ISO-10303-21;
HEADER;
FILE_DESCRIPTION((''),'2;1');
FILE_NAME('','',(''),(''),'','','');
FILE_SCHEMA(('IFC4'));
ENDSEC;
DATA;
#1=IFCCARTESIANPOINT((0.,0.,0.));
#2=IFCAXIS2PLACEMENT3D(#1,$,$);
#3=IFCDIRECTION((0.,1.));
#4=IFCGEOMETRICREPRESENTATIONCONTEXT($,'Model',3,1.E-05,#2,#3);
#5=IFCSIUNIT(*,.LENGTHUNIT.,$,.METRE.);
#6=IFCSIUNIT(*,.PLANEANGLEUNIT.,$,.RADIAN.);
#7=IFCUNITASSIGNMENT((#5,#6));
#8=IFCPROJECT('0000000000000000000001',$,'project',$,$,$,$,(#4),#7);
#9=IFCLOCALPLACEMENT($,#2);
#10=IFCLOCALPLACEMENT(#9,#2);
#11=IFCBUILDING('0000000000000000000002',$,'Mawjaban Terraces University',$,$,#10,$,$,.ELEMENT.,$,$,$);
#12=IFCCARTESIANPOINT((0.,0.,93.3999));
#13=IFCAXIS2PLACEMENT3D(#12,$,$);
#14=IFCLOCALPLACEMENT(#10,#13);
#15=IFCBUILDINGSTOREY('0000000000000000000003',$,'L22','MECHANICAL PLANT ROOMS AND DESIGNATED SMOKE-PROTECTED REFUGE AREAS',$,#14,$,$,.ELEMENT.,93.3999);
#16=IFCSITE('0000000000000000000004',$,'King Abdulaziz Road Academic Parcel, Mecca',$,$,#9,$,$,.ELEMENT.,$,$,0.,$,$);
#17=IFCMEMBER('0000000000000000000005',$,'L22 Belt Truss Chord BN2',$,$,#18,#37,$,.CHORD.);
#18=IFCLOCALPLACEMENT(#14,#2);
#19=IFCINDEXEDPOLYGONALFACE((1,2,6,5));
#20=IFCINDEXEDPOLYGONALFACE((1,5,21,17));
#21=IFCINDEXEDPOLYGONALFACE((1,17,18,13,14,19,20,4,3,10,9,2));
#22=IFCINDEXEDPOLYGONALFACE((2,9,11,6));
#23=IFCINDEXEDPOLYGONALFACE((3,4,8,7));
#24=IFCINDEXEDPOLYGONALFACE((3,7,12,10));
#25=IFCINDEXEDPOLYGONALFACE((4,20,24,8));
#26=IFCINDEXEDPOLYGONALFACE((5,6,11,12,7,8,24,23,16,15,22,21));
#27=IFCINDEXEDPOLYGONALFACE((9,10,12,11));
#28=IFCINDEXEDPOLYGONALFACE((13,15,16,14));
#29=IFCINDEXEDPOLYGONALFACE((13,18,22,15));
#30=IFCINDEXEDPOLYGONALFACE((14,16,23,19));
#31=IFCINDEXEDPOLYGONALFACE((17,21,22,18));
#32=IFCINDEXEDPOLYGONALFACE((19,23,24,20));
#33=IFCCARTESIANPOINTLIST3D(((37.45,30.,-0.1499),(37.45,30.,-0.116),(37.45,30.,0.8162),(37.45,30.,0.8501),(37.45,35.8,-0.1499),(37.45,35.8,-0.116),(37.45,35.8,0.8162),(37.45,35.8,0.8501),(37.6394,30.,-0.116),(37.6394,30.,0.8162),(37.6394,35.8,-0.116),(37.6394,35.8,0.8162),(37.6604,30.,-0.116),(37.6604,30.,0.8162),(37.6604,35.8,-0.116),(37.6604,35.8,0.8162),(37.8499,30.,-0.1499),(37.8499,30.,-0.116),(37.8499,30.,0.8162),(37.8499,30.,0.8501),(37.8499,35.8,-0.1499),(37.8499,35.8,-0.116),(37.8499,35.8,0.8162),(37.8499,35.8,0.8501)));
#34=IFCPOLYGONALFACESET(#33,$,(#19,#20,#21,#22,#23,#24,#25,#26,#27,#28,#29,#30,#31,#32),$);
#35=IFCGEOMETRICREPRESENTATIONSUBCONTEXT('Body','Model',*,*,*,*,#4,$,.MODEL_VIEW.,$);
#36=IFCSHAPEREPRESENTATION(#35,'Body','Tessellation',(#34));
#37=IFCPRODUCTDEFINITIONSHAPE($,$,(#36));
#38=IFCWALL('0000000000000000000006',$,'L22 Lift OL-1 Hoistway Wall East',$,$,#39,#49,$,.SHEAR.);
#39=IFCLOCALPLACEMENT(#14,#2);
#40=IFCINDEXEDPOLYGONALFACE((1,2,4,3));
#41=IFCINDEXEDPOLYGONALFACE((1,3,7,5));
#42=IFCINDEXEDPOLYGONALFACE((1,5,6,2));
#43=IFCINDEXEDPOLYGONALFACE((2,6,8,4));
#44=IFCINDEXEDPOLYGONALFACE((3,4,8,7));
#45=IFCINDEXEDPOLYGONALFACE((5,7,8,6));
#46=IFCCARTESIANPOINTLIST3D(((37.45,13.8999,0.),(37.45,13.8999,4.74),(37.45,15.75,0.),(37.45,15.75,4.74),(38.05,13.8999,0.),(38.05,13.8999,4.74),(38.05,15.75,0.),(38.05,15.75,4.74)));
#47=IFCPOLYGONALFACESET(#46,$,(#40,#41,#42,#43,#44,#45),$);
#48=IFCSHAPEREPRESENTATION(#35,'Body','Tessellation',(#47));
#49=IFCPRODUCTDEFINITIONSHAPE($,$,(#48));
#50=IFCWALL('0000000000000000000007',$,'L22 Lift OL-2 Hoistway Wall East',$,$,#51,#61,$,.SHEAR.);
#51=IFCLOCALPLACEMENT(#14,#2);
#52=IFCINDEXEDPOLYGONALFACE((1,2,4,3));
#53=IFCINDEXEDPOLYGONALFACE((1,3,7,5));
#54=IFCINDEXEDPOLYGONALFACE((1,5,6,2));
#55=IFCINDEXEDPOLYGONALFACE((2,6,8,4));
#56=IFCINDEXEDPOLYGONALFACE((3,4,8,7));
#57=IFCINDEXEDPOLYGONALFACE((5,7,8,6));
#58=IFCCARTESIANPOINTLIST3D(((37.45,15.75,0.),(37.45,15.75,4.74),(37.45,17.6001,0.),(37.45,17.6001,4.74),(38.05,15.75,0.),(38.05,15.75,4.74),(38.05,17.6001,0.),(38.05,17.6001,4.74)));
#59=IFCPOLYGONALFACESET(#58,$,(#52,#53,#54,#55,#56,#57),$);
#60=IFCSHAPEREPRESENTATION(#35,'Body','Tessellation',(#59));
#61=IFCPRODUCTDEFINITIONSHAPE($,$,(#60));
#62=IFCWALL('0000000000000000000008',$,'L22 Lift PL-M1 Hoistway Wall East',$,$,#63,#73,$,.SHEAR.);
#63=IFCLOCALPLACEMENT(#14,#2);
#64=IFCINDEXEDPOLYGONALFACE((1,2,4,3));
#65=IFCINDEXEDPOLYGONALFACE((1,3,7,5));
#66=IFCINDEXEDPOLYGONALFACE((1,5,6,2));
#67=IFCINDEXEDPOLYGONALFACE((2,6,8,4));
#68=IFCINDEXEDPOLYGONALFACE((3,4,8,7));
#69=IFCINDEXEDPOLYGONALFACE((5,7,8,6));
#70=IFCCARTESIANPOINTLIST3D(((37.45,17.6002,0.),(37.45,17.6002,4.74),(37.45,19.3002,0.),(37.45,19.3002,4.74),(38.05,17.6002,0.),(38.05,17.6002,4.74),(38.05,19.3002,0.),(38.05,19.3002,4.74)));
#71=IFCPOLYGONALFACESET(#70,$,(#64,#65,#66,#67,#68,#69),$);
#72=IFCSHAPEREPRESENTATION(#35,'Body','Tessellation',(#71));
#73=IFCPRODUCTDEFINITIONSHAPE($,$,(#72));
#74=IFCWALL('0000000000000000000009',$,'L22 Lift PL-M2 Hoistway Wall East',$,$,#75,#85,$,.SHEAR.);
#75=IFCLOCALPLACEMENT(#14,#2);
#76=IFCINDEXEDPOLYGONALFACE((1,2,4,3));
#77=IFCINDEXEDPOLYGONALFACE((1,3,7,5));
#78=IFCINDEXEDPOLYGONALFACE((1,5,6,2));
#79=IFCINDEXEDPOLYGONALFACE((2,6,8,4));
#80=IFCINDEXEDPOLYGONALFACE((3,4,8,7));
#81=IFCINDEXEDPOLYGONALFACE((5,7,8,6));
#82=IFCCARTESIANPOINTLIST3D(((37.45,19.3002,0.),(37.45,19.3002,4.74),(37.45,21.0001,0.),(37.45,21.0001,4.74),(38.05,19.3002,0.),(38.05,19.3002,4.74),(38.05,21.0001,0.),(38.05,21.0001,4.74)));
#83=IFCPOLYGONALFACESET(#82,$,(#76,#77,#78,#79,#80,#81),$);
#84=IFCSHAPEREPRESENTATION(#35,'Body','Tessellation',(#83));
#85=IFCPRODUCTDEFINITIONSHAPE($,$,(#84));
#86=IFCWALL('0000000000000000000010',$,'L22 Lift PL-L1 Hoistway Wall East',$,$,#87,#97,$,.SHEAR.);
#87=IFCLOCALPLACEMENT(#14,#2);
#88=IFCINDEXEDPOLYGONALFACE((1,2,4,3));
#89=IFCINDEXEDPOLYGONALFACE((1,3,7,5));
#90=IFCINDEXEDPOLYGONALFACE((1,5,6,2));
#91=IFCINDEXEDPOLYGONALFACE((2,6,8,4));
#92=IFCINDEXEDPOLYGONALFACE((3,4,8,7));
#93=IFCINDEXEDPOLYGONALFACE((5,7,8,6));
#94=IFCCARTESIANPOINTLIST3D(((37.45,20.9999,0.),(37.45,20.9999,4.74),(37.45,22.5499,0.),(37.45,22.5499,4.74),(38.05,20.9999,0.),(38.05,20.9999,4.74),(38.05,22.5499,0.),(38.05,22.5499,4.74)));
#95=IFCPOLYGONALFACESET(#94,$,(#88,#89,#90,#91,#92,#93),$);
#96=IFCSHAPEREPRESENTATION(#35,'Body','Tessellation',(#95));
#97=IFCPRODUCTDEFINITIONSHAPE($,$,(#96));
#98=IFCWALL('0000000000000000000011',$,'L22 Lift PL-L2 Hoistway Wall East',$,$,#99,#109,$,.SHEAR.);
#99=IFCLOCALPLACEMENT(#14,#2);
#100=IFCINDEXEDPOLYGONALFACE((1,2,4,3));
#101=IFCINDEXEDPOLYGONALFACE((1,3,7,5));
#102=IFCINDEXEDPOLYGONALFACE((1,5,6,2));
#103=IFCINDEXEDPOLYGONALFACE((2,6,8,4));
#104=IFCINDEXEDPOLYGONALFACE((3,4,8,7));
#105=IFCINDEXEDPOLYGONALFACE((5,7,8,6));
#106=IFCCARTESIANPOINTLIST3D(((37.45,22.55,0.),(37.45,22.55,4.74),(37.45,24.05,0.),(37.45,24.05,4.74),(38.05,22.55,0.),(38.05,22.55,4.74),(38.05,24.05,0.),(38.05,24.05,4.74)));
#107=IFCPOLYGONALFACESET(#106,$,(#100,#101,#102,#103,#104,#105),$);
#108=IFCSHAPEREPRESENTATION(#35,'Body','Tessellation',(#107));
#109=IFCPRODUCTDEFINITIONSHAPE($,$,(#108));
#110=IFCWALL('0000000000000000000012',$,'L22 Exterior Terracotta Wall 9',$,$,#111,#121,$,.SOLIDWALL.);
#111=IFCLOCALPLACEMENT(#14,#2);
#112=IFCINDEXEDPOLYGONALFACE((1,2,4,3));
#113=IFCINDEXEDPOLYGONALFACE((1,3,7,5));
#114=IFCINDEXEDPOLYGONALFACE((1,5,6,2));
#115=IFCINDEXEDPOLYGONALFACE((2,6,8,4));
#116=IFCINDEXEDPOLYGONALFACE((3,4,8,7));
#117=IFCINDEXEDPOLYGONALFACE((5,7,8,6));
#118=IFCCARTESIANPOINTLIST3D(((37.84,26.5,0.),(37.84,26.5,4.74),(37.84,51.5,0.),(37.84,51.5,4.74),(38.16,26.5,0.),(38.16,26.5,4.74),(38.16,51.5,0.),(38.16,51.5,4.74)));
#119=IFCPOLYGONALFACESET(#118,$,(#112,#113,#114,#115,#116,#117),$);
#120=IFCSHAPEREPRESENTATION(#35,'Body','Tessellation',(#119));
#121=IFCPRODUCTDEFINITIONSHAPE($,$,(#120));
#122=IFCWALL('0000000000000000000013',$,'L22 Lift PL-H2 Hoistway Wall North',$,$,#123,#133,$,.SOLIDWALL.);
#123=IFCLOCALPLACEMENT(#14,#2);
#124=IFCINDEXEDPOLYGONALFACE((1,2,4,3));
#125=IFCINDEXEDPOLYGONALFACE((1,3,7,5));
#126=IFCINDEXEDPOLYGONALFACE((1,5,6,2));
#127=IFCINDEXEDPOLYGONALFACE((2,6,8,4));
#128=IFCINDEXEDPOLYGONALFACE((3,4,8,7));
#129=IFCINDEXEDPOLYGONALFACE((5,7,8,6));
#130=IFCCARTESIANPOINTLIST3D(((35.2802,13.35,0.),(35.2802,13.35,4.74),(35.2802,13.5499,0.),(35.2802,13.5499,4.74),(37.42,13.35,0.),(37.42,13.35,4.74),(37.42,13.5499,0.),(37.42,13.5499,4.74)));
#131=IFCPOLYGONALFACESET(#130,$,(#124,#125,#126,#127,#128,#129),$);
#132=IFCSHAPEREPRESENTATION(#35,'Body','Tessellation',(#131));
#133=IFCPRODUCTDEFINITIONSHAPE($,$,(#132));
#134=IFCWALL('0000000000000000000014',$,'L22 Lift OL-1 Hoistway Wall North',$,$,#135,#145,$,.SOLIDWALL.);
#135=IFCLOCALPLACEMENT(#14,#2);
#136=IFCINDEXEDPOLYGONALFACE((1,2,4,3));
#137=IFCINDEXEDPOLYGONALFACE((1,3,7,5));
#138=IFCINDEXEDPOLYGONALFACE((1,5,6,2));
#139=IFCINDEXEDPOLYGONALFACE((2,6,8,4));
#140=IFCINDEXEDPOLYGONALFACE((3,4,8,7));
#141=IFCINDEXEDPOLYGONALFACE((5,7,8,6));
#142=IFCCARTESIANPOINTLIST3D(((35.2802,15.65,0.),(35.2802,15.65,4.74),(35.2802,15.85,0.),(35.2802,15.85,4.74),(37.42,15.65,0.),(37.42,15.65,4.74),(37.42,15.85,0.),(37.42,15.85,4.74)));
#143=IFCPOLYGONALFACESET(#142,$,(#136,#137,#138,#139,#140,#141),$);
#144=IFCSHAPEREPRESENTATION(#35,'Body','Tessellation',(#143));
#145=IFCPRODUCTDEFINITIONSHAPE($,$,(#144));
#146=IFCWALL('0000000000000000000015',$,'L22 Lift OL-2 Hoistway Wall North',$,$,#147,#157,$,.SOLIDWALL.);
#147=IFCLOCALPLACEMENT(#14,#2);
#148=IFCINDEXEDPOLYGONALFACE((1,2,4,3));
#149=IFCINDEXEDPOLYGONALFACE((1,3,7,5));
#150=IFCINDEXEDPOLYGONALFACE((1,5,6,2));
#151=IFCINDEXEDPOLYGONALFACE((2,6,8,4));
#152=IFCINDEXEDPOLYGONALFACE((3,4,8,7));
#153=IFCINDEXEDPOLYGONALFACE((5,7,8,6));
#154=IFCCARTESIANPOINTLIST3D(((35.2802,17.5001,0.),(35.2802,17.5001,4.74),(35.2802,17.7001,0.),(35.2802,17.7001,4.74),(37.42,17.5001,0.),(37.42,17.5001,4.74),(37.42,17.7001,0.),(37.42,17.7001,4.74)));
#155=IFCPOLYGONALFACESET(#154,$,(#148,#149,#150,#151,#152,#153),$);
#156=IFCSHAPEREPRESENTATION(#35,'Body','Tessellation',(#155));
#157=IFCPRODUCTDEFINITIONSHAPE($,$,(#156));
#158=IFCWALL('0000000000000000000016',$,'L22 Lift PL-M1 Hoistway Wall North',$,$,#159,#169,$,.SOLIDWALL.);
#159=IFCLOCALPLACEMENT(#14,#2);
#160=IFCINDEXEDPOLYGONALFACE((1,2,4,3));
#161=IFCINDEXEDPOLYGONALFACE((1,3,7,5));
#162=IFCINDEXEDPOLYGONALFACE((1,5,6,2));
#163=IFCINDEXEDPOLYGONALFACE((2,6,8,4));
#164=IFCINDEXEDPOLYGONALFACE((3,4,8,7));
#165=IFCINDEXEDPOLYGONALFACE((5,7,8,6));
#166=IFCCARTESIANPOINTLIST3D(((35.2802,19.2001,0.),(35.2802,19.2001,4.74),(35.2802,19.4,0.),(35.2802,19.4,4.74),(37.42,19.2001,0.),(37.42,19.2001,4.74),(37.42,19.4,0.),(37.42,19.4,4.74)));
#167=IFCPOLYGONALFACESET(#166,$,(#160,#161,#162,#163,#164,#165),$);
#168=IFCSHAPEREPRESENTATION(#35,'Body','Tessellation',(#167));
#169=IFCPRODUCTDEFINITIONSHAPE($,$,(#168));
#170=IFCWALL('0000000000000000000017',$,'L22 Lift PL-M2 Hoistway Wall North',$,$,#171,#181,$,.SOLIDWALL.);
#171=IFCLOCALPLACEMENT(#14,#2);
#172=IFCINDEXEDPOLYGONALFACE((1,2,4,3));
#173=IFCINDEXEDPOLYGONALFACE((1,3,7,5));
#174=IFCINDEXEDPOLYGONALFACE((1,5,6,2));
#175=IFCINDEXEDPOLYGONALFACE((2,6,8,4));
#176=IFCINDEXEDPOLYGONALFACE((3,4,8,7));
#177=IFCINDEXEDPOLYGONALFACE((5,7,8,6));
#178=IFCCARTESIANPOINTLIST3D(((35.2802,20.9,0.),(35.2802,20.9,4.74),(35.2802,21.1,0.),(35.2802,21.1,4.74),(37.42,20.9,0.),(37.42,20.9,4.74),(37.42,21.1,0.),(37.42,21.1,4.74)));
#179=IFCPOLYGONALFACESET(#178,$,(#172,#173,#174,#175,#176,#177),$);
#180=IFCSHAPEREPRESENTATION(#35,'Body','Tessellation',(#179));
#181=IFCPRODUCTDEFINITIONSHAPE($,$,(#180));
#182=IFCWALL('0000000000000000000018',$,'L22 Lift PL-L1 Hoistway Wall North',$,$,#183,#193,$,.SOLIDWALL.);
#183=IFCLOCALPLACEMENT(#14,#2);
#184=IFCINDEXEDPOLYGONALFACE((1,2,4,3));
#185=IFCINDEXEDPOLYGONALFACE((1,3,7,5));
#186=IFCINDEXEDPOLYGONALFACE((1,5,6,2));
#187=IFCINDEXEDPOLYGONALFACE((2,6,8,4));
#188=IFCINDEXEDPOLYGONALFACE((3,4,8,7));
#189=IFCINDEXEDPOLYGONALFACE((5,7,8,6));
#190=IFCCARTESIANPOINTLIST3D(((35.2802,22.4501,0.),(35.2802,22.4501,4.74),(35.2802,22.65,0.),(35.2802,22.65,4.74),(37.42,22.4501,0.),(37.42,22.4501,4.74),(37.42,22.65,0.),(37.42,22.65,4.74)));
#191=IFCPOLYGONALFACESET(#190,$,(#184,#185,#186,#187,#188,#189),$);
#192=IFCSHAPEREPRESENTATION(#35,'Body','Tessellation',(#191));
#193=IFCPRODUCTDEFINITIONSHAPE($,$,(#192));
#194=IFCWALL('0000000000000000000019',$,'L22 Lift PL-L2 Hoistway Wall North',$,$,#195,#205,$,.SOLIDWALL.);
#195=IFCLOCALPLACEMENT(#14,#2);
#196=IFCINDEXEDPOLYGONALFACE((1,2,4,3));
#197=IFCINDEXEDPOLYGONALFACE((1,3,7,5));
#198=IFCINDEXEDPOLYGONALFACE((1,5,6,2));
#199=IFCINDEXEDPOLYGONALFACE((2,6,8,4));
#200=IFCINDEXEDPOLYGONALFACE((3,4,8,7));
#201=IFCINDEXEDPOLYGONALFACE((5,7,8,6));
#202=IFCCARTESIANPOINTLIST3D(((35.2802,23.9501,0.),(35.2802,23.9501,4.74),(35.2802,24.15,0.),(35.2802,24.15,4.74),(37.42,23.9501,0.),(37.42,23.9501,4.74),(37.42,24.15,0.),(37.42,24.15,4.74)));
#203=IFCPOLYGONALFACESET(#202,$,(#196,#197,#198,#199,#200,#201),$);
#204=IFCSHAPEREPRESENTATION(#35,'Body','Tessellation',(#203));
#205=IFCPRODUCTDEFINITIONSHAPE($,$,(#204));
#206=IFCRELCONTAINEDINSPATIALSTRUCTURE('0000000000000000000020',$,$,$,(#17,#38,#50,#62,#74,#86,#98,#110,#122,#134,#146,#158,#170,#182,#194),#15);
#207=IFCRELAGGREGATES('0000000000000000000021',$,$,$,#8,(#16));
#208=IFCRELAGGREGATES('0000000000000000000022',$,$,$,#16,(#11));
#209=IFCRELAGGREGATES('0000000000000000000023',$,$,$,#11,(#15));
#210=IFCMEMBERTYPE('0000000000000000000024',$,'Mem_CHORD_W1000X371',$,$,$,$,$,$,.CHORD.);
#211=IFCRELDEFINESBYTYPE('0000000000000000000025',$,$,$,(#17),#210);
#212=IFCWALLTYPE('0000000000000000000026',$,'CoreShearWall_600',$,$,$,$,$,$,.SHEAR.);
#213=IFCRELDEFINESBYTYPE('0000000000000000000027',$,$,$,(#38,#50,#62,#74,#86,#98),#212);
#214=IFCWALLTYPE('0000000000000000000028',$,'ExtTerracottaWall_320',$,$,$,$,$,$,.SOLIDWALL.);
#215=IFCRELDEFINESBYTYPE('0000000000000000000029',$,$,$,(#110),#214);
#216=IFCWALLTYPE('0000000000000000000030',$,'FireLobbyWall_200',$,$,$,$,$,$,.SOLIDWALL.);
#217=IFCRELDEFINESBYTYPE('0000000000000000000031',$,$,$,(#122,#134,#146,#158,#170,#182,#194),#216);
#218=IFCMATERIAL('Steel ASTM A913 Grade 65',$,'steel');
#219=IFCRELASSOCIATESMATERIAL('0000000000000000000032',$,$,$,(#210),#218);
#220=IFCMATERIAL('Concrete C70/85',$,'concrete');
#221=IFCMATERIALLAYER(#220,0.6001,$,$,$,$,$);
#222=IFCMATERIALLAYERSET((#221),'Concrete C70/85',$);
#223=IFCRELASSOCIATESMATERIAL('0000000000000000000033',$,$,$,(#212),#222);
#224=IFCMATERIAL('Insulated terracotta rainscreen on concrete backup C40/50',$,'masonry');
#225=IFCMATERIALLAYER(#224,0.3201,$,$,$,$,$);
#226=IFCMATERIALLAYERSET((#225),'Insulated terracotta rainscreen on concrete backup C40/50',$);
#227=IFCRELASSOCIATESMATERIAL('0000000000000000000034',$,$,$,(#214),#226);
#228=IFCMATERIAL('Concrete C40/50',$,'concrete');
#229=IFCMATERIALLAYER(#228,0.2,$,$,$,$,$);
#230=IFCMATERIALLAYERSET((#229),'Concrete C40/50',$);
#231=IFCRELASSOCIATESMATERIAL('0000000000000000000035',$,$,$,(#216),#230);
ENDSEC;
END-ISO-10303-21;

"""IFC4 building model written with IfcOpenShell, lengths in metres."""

from ifc_helpers import new_model, si_unit, direction, frame, frame_2d, origin, origin_2d, place, context, subcontext, project, spatial, rectangle, i_section, extrude, material, layer, layer_set, material_profile, profile_set, type_object, element, save


model = new_model("IFC4")

# Units and contexts
model_context = context("Model", 3, precision=1e-05, world=origin(), true_north=direction((0.0, 1.0)))
body_context = subcontext(model_context, "Body", "Model", "MODEL_VIEW")
ifc_project = project(units=[si_unit("LENGTHUNIT", "METRE"), si_unit("PLANEANGLEUNIT", "RADIAN")], contexts=[model_context])

# Site, building, storey
site_placement = place(None, origin())
site = spatial("IfcSite", under=ifc_project, at=site_placement, Name="King Abdulaziz Road Academic Parcel, Mecca", CompositionType="ELEMENT", RefElevation=0.0)
building_placement = place(site_placement, origin())
building = spatial("IfcBuilding", under=site, at=building_placement, Name="Mawjaban Terraces University", CompositionType="ELEMENT")
storey_placement = place(building_placement, frame((0.0, 0.0, 93.3999)))
storey = spatial("IfcBuildingStorey", under=building, at=storey_placement, Name="L22", Description="MECHANICAL PLANT ROOMS AND DESIGNATED SMOKE-PROTECTED REFUGE AREAS", CompositionType="ELEMENT", Elevation=93.3999)

# Shared definitions
ifc_material_1 = material(Name="Concrete C70/85", Category="concrete")

# Member
ifc_material_2 = material(Name="Steel ASTM A913 Grade 65", Category="steel")
ifc_material_profile_1 = material_profile(ifc_material_2, i_section(OverallWidth=0.3999, OverallDepth=1.0, WebThickness=0.021, FlangeThickness=0.0339, at=origin_2d()), Name="W1000X371")
ifc_profile_set_1 = profile_set([ifc_material_profile_1], Name="Steel ASTM A913 Grade 65")
member_type_1 = type_object("IfcMemberType", Name="Mem_CHORD_W1000X371", PredefinedType="CHORD", material=ifc_profile_set_1)
member_1_placement = place(storey_placement, frame((37.6499, 30.0, 0.3501), z_axis=(0.0, 1.0, 0.0), x_axis=(-1.0, 0.0, 0.0)))
element("IfcMember", 1, at=member_1_placement, inside=storey, type_object=member_type_1, Name="L22 Belt Truss Chord BN2", PredefinedType="CHORD", context=body_context, shape_type="SweptSolid", body=[
    extrude(i_section(OverallWidth=0.3999, OverallDepth=1.0, WebThickness=0.021, FlangeThickness=0.0339, at=origin_2d()), origin(), (0.0, 0.0, 1.0), 5.8),
])

# Walls
ifc_layer_1 = layer(ifc_material_1, 0.6001)
ifc_layer_set_1 = layer_set([ifc_layer_1], Name="Concrete C70/85")
wall_type_1 = type_object("IfcWallType", Name="CoreShearWall_600", PredefinedType="SHEAR", material=ifc_layer_set_1)
for number, where, z_axis, x_axis, name in (
    (2, (37.75, 13.8999, 0.0), (0.0, 0.0, 1.0), (0.0, 1.0, 0.0), "L22 Lift OL-1 Hoistway Wall East"),
    (3, (37.75, 15.75, 0.0), (0.0, 0.0, 1.0), (0.0, 1.0, 0.0), "L22 Lift OL-2 Hoistway Wall East"),
):
    element("IfcWall", number, at=place(storey_placement, frame(where, z_axis=z_axis, x_axis=x_axis)), inside=storey, type_object=wall_type_1, Name=name, PredefinedType="SHEAR", context=body_context, shape_type="SweptSolid", body=[
        extrude(rectangle(XDim=1.8501, YDim=0.6001, at=frame_2d((0.925, 0.0))), origin(), (0.0, 0.0, 1.0), 4.74),
    ])
for number, where, z_axis, x_axis, name in (
    (4, (37.75, 17.6001, 0.0), (0.0, 0.0, 1.0), (0.0, 1.0, 0.0), "L22 Lift PL-M1 Hoistway Wall East"),
    (5, (37.75, 19.3, 0.0), (0.0, 0.0, 1.0), (0.0, 1.0, 0.0), "L22 Lift PL-M2 Hoistway Wall East"),
):
    element("IfcWall", number, at=place(storey_placement, frame(where, z_axis=z_axis, x_axis=x_axis)), inside=storey, type_object=wall_type_1, Name=name, PredefinedType="SHEAR", context=body_context, shape_type="SweptSolid", body=[
        extrude(rectangle(XDim=1.7, YDim=0.6001, at=frame_2d((0.8501, 0.0))), origin(), (0.0, 0.0, 1.0), 4.74),
    ])
wall_1_placement = place(storey_placement, frame((37.75, 21.0, 0.0), z_axis=(0.0, 0.0, 1.0), x_axis=(0.0, 1.0, 0.0)))
element("IfcWall", 6, at=wall_1_placement, inside=storey, type_object=wall_type_1, Name="L22 Lift PL-L1 Hoistway Wall East", PredefinedType="SHEAR", context=body_context, shape_type="SweptSolid", body=[
    extrude(rectangle(XDim=1.55, YDim=0.6001, at=frame_2d((0.7749, 0.0))), origin(), (0.0, 0.0, 1.0), 4.74),
])
wall_2_placement = place(storey_placement, frame((37.75, 22.55, 0.0), z_axis=(0.0, 0.0, 1.0), x_axis=(0.0, 1.0, 0.0)))
element("IfcWall", 7, at=wall_2_placement, inside=storey, type_object=wall_type_1, Name="L22 Lift PL-L2 Hoistway Wall East", PredefinedType="SHEAR", context=body_context, shape_type="SweptSolid", body=[
    extrude(rectangle(XDim=1.5, YDim=0.6001, at=frame_2d((0.75, 0.0))), origin(), (0.0, 0.0, 1.0), 4.74),
])
ifc_material_3 = material(Name="Insulated terracotta rainscreen on concrete backup C40/50", Category="masonry")
ifc_layer_2 = layer(ifc_material_3, 0.3201)
ifc_layer_set_2 = layer_set([ifc_layer_2], Name="Insulated terracotta rainscreen on concrete backup C40/50")
wall_type_2 = type_object("IfcWallType", Name="ExtTerracottaWall_320", PredefinedType="SOLIDWALL", material=ifc_layer_set_2)
wall_3_placement = place(storey_placement, frame((38.0, 26.5, 0.0), z_axis=(0.0, 0.0, 1.0), x_axis=(0.0, 1.0, 0.0)))
element("IfcWall", 8, at=wall_3_placement, inside=storey, type_object=wall_type_2, Name="L22 Exterior Terracotta Wall 9", PredefinedType="SOLIDWALL", context=body_context, shape_type="SweptSolid", body=[
    extrude(rectangle(XDim=25.0, YDim=0.3201, at=frame_2d((12.5, 0.0))), origin(), (0.0, 0.0, 1.0), 4.74),
])
ifc_material_4 = material(Name="Concrete C40/50", Category="concrete")
ifc_layer_3 = layer(ifc_material_4, 0.2)
ifc_layer_set_3 = layer_set([ifc_layer_3], Name="Concrete C40/50")
wall_type_3 = type_object("IfcWallType", Name="FireLobbyWall_200", PredefinedType="SOLIDWALL", material=ifc_layer_set_3)
for number, where, z_axis, x_axis, name in (
    (9, (37.4199, 13.45, 0.0), (0.0, 0.0, 1.0), (-1.0, 0.0, 0.0), "L22 Lift PL-H2 Hoistway Wall North"),
    (10, (37.4199, 15.75, 0.0), (0.0, 0.0, 1.0), (-1.0, 0.0, 0.0), "L22 Lift OL-1 Hoistway Wall North"),
    (11, (37.4199, 17.6001, 0.0), (0.0, 0.0, 1.0), (-1.0, 0.0, 0.0), "L22 Lift OL-2 Hoistway Wall North"),
    (12, (37.4199, 19.3, 0.0), (0.0, 0.0, 1.0), (-1.0, 0.0, 0.0), "L22 Lift PL-M1 Hoistway Wall North"),
    (13, (37.4199, 21.0, 0.0), (0.0, 0.0, 1.0), (-1.0, 0.0, 0.0), "L22 Lift PL-M2 Hoistway Wall North"),
    (14, (37.4199, 22.55, 0.0), (0.0, 0.0, 1.0), (-1.0, 0.0, 0.0), "L22 Lift PL-L1 Hoistway Wall North"),
    (15, (37.4199, 24.05, 0.0), (0.0, 0.0, 1.0), (-1.0, 0.0, 0.0), "L22 Lift PL-L2 Hoistway Wall North"),
):
    element("IfcWall", number, at=place(storey_placement, frame(where, z_axis=z_axis, x_axis=x_axis)), inside=storey, type_object=wall_type_3, Name=name, PredefinedType="SOLIDWALL", context=body_context, shape_type="SweptSolid", body=[
        extrude(rectangle(XDim=2.1399, YDim=0.2, at=frame_2d((1.0698, 0.0))), origin(), (0.0, 0.0, 1.0), 4.74),
    ])

save(model, "model.ifc")
